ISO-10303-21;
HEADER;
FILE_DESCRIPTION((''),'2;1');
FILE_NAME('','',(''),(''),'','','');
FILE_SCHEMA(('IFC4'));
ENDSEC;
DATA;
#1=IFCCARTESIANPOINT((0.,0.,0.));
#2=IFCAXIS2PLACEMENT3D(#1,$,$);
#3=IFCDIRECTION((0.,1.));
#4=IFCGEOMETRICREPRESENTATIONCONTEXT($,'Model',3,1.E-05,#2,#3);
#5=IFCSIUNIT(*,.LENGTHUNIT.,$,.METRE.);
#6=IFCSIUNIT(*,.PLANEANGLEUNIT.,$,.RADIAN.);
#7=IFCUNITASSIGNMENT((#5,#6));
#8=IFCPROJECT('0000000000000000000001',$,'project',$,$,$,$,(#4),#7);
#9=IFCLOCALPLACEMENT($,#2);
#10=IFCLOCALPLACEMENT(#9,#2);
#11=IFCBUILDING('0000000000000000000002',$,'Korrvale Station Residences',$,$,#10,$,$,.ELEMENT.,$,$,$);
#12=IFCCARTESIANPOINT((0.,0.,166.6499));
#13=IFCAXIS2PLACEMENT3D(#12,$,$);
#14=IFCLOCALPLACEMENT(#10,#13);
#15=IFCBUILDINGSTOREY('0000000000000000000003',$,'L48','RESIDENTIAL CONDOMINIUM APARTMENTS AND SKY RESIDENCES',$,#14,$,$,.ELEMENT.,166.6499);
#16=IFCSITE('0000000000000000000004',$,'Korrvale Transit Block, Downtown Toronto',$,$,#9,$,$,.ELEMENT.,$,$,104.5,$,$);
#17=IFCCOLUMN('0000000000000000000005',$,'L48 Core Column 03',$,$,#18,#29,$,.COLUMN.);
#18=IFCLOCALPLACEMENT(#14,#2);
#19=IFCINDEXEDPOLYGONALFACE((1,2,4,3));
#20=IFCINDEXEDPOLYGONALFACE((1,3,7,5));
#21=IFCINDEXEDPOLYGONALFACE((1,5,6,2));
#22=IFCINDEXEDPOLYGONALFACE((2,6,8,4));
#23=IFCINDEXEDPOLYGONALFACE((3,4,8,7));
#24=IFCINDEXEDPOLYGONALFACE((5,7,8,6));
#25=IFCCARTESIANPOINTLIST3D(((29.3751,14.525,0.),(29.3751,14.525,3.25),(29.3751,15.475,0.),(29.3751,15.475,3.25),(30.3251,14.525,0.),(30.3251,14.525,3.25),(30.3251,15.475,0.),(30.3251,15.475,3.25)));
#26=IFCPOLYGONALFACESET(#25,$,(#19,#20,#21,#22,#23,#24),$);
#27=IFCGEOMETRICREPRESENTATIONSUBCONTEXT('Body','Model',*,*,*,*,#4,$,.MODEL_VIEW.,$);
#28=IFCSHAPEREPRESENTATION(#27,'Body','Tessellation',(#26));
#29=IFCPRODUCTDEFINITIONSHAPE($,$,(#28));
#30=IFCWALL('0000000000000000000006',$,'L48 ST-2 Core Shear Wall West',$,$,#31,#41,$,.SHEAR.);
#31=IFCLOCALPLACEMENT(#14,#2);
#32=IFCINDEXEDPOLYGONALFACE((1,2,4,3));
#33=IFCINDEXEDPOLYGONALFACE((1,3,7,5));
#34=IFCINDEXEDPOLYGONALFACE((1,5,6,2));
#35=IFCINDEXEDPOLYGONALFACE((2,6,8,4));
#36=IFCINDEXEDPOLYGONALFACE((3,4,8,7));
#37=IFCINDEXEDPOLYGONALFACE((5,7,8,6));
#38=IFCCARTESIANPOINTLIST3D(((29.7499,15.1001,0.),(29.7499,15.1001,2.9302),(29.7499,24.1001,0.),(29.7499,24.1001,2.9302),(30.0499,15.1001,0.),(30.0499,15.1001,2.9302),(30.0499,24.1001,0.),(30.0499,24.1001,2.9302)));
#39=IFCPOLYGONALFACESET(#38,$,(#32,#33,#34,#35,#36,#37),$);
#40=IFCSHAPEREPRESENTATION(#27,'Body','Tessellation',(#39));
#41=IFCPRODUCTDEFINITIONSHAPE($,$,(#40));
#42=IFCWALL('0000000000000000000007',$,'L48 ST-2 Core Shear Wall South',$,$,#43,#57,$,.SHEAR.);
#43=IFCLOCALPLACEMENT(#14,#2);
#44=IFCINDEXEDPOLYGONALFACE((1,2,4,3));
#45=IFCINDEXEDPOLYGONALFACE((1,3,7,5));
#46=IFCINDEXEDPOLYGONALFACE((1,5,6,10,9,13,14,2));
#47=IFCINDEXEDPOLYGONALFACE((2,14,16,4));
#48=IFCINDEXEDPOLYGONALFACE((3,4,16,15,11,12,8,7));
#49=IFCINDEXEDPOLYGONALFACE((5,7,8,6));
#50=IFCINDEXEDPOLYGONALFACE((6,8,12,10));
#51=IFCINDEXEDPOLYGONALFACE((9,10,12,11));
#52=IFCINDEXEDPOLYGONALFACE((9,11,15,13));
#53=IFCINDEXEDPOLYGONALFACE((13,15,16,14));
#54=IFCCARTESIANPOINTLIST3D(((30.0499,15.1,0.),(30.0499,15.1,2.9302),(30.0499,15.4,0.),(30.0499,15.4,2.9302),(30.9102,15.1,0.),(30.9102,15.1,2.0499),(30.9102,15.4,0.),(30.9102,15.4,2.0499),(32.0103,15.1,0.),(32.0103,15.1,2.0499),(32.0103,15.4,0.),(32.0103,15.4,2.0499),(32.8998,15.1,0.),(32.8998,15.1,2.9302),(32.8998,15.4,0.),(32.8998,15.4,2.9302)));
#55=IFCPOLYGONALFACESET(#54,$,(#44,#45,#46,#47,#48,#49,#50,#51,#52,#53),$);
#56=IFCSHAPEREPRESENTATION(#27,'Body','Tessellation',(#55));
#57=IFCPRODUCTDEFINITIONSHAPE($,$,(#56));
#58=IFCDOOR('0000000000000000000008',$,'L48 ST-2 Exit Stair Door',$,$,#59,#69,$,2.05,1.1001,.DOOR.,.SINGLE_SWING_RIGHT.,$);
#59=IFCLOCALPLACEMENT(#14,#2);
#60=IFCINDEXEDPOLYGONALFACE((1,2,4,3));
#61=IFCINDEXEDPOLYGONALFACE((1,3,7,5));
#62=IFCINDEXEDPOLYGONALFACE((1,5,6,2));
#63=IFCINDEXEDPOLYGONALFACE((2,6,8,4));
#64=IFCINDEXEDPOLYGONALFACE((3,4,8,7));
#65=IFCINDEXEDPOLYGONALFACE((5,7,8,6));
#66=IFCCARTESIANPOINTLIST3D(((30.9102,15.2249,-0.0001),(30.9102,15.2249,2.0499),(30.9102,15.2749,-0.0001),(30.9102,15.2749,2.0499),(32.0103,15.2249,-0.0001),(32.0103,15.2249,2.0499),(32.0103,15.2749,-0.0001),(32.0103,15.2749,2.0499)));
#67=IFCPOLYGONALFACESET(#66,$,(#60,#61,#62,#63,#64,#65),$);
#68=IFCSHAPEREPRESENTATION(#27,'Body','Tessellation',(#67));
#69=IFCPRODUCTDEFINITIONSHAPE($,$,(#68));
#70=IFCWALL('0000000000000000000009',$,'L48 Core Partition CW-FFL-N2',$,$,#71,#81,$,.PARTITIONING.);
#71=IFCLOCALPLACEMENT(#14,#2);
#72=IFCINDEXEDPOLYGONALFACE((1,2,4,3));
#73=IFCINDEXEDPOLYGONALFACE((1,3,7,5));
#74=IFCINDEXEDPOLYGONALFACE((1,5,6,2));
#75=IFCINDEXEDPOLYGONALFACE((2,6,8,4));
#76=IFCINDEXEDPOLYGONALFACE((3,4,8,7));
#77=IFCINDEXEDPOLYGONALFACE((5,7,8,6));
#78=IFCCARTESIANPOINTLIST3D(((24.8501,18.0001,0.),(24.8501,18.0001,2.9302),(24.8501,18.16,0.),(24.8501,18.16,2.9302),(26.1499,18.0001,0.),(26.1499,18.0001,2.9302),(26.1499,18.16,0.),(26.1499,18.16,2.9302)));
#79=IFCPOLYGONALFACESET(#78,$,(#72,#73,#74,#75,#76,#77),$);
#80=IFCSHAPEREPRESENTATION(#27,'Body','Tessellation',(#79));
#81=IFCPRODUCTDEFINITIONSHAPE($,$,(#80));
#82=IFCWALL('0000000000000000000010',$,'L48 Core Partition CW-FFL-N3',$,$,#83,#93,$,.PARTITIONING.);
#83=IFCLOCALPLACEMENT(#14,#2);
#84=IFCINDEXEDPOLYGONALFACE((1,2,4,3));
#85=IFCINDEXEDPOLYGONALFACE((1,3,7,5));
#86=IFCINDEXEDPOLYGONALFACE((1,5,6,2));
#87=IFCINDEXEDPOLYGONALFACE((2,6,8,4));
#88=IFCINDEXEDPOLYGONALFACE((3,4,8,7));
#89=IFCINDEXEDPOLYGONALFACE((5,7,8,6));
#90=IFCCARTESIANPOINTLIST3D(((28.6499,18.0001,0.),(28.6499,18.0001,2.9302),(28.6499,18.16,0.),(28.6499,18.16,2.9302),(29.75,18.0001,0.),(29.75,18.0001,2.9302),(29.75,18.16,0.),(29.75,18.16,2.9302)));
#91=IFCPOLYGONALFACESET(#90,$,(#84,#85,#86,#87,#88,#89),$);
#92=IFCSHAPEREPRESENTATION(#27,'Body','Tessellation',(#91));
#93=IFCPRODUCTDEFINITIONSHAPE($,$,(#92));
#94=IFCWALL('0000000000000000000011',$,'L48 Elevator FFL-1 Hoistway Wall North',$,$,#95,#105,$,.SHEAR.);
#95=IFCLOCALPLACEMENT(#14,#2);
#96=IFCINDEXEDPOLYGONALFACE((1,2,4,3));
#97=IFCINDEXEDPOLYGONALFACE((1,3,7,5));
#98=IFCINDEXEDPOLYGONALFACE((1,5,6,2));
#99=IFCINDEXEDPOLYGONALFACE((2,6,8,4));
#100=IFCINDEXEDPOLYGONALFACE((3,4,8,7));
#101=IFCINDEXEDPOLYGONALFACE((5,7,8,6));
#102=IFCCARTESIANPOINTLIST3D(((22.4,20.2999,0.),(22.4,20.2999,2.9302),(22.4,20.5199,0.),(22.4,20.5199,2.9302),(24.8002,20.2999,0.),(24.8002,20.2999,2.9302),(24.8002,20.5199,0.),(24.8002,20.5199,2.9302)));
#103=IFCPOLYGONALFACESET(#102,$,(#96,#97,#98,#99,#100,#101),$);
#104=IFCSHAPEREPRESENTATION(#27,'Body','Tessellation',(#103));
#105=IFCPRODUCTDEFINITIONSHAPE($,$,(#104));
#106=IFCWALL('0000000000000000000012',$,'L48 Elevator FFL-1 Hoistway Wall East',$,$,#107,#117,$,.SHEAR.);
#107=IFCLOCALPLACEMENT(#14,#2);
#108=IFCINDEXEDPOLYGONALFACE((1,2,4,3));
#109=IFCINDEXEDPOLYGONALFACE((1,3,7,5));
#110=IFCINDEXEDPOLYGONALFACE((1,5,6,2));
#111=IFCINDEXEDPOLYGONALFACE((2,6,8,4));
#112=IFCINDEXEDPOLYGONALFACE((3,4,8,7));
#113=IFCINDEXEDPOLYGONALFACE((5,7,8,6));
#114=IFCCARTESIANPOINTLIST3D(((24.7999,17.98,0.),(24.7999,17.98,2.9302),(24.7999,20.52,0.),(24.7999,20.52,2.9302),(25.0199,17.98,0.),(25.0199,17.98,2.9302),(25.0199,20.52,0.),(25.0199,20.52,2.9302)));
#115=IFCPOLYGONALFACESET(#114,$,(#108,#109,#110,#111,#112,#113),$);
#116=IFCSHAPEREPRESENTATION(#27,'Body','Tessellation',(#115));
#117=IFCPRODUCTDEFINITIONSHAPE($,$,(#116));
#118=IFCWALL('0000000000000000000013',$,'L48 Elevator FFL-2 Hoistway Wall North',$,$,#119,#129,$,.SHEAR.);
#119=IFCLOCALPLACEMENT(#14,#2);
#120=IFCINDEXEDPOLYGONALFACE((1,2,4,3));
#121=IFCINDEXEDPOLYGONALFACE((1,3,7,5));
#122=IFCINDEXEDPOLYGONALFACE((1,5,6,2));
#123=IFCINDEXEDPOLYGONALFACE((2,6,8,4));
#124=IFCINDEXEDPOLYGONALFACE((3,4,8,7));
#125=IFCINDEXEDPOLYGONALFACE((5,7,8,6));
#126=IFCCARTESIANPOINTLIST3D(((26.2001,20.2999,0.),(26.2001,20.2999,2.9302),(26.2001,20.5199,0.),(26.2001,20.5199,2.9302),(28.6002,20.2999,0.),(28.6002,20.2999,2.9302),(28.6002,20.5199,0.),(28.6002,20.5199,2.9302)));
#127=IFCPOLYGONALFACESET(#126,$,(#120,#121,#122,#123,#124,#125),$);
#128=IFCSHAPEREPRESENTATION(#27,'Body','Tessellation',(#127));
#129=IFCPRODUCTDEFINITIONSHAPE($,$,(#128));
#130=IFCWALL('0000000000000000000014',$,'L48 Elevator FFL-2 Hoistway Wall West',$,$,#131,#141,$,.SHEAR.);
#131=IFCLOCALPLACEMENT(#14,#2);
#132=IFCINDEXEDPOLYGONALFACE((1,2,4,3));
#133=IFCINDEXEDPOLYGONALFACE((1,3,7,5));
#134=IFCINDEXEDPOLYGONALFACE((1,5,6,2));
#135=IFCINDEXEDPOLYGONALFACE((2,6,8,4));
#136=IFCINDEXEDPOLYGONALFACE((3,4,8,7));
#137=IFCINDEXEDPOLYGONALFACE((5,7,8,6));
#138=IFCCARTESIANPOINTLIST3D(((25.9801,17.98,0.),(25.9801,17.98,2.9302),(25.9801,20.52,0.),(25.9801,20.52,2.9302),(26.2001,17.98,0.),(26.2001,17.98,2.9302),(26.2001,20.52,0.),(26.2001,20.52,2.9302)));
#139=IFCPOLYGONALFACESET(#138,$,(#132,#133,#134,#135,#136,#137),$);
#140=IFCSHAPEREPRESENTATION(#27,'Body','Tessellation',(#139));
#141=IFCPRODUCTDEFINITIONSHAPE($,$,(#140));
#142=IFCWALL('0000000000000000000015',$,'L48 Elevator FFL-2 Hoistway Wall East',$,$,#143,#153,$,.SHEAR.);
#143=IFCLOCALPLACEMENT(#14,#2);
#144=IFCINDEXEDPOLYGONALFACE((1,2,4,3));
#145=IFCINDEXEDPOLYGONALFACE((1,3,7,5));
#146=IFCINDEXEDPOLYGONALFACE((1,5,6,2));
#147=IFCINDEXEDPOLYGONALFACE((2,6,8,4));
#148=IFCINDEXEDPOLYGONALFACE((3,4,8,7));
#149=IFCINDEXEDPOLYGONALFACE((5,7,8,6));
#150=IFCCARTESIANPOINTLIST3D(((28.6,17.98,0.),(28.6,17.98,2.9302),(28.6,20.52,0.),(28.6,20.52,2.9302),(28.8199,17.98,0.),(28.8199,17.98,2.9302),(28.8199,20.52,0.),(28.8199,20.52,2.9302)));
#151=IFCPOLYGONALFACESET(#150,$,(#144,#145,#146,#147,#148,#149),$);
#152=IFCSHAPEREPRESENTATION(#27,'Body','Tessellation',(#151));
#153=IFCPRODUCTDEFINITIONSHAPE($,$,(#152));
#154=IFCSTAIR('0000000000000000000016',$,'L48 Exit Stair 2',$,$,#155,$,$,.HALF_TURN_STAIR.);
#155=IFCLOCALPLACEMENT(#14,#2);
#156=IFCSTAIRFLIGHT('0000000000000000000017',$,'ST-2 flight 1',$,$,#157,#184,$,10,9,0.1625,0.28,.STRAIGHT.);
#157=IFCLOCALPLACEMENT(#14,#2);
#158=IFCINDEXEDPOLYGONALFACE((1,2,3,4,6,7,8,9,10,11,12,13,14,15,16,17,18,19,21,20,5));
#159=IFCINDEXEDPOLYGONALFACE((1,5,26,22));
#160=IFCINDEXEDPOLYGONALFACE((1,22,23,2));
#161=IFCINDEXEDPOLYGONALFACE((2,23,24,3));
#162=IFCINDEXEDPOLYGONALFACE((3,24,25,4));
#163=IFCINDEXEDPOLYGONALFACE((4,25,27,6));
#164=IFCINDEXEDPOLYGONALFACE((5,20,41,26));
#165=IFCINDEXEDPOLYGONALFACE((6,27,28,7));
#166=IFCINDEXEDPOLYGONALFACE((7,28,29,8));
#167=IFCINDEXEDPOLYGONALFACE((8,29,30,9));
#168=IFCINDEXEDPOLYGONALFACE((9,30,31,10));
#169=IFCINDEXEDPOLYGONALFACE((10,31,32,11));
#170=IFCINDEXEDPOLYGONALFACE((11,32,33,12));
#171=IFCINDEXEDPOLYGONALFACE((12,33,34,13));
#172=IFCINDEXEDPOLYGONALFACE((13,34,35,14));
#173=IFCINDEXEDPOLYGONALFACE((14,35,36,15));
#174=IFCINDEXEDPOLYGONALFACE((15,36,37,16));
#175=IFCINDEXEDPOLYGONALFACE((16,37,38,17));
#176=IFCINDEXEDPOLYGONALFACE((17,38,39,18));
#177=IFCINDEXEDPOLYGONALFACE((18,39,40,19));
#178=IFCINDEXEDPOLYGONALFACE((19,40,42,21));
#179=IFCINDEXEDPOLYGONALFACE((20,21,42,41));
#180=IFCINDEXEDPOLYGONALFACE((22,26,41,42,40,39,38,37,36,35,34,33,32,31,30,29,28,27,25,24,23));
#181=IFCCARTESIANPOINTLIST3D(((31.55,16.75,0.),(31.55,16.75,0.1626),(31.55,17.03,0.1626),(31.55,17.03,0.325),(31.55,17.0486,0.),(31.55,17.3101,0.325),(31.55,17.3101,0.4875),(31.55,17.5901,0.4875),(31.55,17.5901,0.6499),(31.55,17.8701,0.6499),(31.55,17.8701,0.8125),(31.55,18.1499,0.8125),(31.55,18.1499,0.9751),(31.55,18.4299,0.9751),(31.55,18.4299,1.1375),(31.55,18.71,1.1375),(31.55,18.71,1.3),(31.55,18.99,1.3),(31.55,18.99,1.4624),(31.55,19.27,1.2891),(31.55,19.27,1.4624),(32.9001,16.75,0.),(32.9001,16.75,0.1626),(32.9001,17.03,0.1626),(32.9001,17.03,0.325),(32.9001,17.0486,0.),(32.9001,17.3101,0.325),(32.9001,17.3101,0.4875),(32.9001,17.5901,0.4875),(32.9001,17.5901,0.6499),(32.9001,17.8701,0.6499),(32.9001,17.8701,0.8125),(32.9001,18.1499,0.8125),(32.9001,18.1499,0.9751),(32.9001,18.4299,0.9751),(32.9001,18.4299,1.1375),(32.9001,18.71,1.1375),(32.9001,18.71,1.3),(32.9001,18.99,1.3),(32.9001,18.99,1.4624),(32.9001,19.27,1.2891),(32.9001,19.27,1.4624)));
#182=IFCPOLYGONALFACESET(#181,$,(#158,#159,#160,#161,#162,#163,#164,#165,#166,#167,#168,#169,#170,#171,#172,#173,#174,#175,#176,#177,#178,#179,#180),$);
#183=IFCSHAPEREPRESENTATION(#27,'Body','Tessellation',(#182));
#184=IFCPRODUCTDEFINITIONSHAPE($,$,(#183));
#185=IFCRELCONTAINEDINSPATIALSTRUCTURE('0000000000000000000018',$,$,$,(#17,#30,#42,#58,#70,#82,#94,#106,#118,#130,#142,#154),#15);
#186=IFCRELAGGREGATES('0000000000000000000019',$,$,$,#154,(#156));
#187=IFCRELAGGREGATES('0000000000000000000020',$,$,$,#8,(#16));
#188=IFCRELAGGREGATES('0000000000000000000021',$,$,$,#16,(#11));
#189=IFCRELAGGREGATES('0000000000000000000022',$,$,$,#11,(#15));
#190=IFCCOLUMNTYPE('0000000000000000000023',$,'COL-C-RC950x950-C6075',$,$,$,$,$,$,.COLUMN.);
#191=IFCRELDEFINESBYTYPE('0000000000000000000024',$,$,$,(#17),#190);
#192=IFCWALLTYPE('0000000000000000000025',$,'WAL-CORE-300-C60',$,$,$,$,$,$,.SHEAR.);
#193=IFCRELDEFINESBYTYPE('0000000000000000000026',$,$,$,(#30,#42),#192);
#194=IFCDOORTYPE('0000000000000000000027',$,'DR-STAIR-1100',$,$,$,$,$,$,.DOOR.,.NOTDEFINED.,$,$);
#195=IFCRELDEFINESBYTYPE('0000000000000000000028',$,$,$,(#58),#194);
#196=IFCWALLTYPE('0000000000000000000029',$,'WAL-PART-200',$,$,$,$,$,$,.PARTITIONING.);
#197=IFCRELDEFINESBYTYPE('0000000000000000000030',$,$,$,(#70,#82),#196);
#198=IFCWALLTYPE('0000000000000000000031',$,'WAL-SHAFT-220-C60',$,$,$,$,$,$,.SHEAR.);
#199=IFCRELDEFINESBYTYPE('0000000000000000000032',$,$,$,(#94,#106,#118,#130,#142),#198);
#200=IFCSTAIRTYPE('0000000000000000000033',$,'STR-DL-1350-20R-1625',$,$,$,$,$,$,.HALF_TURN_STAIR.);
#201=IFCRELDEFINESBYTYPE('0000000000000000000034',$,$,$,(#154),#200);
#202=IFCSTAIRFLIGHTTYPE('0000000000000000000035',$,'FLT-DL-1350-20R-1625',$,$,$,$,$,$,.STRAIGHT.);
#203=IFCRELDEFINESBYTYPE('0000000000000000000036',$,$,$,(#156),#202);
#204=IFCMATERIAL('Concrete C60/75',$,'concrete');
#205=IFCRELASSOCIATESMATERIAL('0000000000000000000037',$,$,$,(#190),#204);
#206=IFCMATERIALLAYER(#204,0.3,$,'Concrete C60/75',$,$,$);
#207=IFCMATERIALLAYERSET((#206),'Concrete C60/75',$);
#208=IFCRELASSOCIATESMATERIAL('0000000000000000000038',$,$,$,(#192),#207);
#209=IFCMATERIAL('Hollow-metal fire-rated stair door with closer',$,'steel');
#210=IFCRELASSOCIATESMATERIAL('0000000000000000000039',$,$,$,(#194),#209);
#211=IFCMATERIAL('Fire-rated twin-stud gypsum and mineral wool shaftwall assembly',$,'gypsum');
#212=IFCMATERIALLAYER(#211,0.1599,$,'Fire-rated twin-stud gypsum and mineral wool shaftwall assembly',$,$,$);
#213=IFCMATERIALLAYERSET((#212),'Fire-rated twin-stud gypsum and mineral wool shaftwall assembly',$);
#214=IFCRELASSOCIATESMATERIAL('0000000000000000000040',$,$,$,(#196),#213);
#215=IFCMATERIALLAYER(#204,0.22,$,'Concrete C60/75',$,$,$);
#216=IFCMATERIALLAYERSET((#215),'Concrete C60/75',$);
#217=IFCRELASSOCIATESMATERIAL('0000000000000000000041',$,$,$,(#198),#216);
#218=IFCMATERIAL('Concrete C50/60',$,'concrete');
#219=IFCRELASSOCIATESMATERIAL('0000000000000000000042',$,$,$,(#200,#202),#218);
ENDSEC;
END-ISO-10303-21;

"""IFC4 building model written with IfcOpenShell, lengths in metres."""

from ifc_helpers import new_model, si_unit, direction, frame, frame_2d, origin, origin_2d, place, context, subcontext, project, spatial, polyline, rectangle, outline, extrude, material, layer, layer_set, material_profile, profile_set, type_object, element, fill, aggregate, save


model = new_model("IFC4")

# Units and contexts
model_context = context("Model", 3, precision=1e-05, world=origin(), true_north=direction((0.0, 1.0)))
body_context = subcontext(model_context, "Body", "Model", "MODEL_VIEW")
ifc_project = project(units=[si_unit("LENGTHUNIT", "METRE"), si_unit("PLANEANGLEUNIT", "RADIAN")], contexts=[model_context])

# Site, building, storey
site_placement = place(None, origin())
site = spatial("IfcSite", under=ifc_project, at=site_placement, Name="Korrvale Transit Block, Downtown Toronto", CompositionType="ELEMENT", RefElevation=104.5)
building_placement = place(site_placement, origin())
building = spatial("IfcBuilding", under=site, at=building_placement, Name="Korrvale Station Residences", CompositionType="ELEMENT")
storey_placement = place(building_placement, frame((0.0, 0.0, 166.6499)))
storey = spatial("IfcBuildingStorey", under=building, at=storey_placement, Name="L48", Description="RESIDENTIAL CONDOMINIUM APARTMENTS AND SKY RESIDENCES", CompositionType="ELEMENT", Elevation=166.6499)

# Column
ifc_material_1 = material(Name="Concrete C60/75", Category="concrete")
ifc_material_profile = material_profile(ifc_material_1, rectangle(XDim=0.95, YDim=0.95, at=origin_2d()), Name="RC950x950")
ifc_profile_set = profile_set([ifc_material_profile], Name="Concrete C60/75")
column_type = type_object("IfcColumnType", Name="COL-C-RC950x950-C6075", PredefinedType="COLUMN", material=ifc_profile_set)
column_placement = place(storey_placement, frame((29.8501, 15.0, 0.0), z_axis=(0.0, 0.0, 1.0), x_axis=(1.0, 0.0, 0.0)))
element("IfcColumn", 1, at=column_placement, inside=storey, type_object=column_type, Name="L48 Core Column 03", PredefinedType="COLUMN", context=body_context, shape_type="SweptSolid", body=[
    extrude(rectangle(XDim=0.95, YDim=0.95, at=origin_2d()), origin(), (0.0, 0.0, 1.0), 3.25),
])

# Wall
ifc_layer_1 = layer(ifc_material_1, 0.3, Name="Concrete C60/75")
ifc_layer_set_1 = layer_set([ifc_layer_1], Name="Concrete C60/75")
wall_type_1 = type_object("IfcWallType", Name="WAL-CORE-300-C60", PredefinedType="SHEAR", material=ifc_layer_set_1)
wall_1_placement = place(storey_placement, frame((29.8999, 15.1001, 0.0), z_axis=(0.0, 0.0, 1.0), x_axis=(0.0, 1.0, 0.0)))
element("IfcWall", 2, at=wall_1_placement, inside=storey, type_object=wall_type_1, Name="L48 ST-2 Core Shear Wall West", PredefinedType="SHEAR", context=body_context, shape_type="SweptSolid", body=[
    extrude(rectangle(XDim=9.0, YDim=0.3, at=frame_2d((4.5, 0.0))), origin(), (0.0, 0.0, 1.0), 2.9302),
])

# Wall, opening, door
wall_2_placement = place(storey_placement, frame((30.05, 15.25, 0.0), z_axis=(0.0, 0.0, 1.0), x_axis=(1.0, 0.0, 0.0)))
wall_2 = element("IfcWall", 3, at=wall_2_placement, inside=storey, type_object=wall_type_1, Name="L48 ST-2 Core Shear Wall South", PredefinedType="SHEAR", context=body_context, shape_type="SweptSolid", body=[
    extrude(rectangle(XDim=2.8499, YDim=0.3, at=frame_2d((1.4248, 0.0))), origin(), (0.0, 0.0, 1.0), 2.9302),
])
opening_1_placement = place(wall_2_placement, frame((0.8601, 0.0, 0.0)))
opening_1 = element("IfcOpeningElement", 4, at=opening_1_placement, cuts=wall_2, PredefinedType="OPENING", context=body_context, shape_type="SweptSolid", body=[
    extrude(rectangle(XDim=1.1001, YDim=2.05, at=frame_2d((0.55, 1.0249))), frame((0.0, 0.1602, 0.0), z_axis=(0.0, -1.0, 0.0), x_axis=(1.0, 0.0, 0.0)), (0.0, 0.0, 1.0), 0.3201),
])
ifc_material_2 = material(Name="Hollow-metal fire-rated stair door with closer", Category="steel")
door_type_1 = type_object("IfcDoorType", Name="DR-STAIR-1100", OperationType="NOTDEFINED", PredefinedType="DOOR", material=ifc_material_2)
door_1_placement = place(opening_1_placement, origin())
door_1 = element("IfcDoor", 5, at=door_1_placement, inside=storey, type_object=door_type_1, Name="L48 ST-2 Exit Stair Door", OperationType="SINGLE_SWING_RIGHT", OverallHeight=2.05, OverallWidth=1.1001, PredefinedType="DOOR", context=body_context, shape_type="SweptSolid", body=[
    extrude(rectangle(XDim=1.1001, YDim=2.05, at=frame_2d((0.55, 1.0249))), frame((0.0, 0.0249, 0.0), z_axis=(0.0, -1.0, 0.0), x_axis=(1.0, 0.0, 0.0)), (0.0, 0.0, 1.0), 0.05),
])
fill(opening_1, door_1)

# Walls
ifc_material_3 = material(Name="Fire-rated twin-stud gypsum and mineral wool shaftwall assembly", Category="gypsum")
ifc_layer_2 = layer(ifc_material_3, 0.1599, Name="Fire-rated twin-stud gypsum and mineral wool shaftwall assembly")
ifc_layer_set_2 = layer_set([ifc_layer_2], Name="Fire-rated twin-stud gypsum and mineral wool shaftwall assembly")
wall_type_2 = type_object("IfcWallType", Name="WAL-PART-200", PredefinedType="PARTITIONING", material=ifc_layer_set_2)
wall_3_placement = place(storey_placement, frame((24.8501, 18.0801, 0.0), z_axis=(0.0, 0.0, 1.0), x_axis=(1.0, 0.0, 0.0)))
element("IfcWall", 6, at=wall_3_placement, inside=storey, type_object=wall_type_2, Name="L48 Core Partition CW-FFL-N2", PredefinedType="PARTITIONING", context=body_context, shape_type="SweptSolid", body=[
    extrude(rectangle(XDim=1.2998, YDim=0.1599, at=frame_2d((0.6499, 0.0))), origin(), (0.0, 0.0, 1.0), 2.9302),
])
wall_4_placement = place(storey_placement, frame((28.6499, 18.0801, 0.0), z_axis=(0.0, 0.0, 1.0), x_axis=(1.0, 0.0, 0.0)))
element("IfcWall", 7, at=wall_4_placement, inside=storey, type_object=wall_type_2, Name="L48 Core Partition CW-FFL-N3", PredefinedType="PARTITIONING", context=body_context, shape_type="SweptSolid", body=[
    extrude(rectangle(XDim=1.1001, YDim=0.1599, at=frame_2d((0.55, 0.0))), origin(), (0.0, 0.0, 1.0), 2.9302),
])

# Shared definitions
ifc_layer_3 = layer(ifc_material_1, 0.22, Name="Concrete C60/75")
ifc_layer_set_3 = layer_set([ifc_layer_3], Name="Concrete C60/75")
wall_type_3 = type_object("IfcWallType", Name="WAL-SHAFT-220-C60", PredefinedType="SHEAR", material=ifc_layer_set_3)

# Walls
wall_5_placement = place(storey_placement, frame((22.3999, 20.4099, 0.0), z_axis=(0.0, 0.0, 1.0), x_axis=(1.0, 0.0, 0.0)))
element("IfcWall", 8, at=wall_5_placement, inside=storey, type_object=wall_type_3, Name="L48 Elevator FFL-1 Hoistway Wall North", PredefinedType="SHEAR", context=body_context, shape_type="SweptSolid", body=[
    extrude(rectangle(XDim=2.4001, YDim=0.22, at=frame_2d((1.2002, 0.0))), origin(), (0.0, 0.0, 1.0), 2.9302),
])
wall_6_placement = place(storey_placement, frame((24.9099, 17.98, 0.0), z_axis=(0.0, 0.0, 1.0), x_axis=(0.0, 1.0, 0.0)))
element("IfcWall", 9, at=wall_6_placement, inside=storey, type_object=wall_type_3, Name="L48 Elevator FFL-1 Hoistway Wall East", PredefinedType="SHEAR", context=body_context, shape_type="SweptSolid", body=[
    extrude(rectangle(XDim=2.54, YDim=0.22, at=frame_2d((1.27, 0.0))), origin(), (0.0, 0.0, 1.0), 2.9302),
])

# Walls
wall_7_placement = place(storey_placement, frame((26.2, 20.4099, 0.0), z_axis=(0.0, 0.0, 1.0), x_axis=(1.0, 0.0, 0.0)))
element("IfcWall", 10, at=wall_7_placement, inside=storey, type_object=wall_type_3, Name="L48 Elevator FFL-2 Hoistway Wall North", PredefinedType="SHEAR", context=body_context, shape_type="SweptSolid", body=[
    extrude(rectangle(XDim=2.4001, YDim=0.22, at=frame_2d((1.2002, 0.0))), origin(), (0.0, 0.0, 1.0), 2.9302),
])
for number, where, z_axis, x_axis, name in (
    (11, (26.0901, 17.98, 0.0), (0.0, 0.0, 1.0), (0.0, 1.0, 0.0), "L48 Elevator FFL-2 Hoistway Wall West"),
    (12, (28.71, 17.98, 0.0), (0.0, 0.0, 1.0), (0.0, 1.0, 0.0), "L48 Elevator FFL-2 Hoistway Wall East"),
):
    element("IfcWall", number, at=place(storey_placement, frame(where, z_axis=z_axis, x_axis=x_axis)), inside=storey, type_object=wall_type_3, Name=name, PredefinedType="SHEAR", context=body_context, shape_type="SweptSolid", body=[
        extrude(rectangle(XDim=2.54, YDim=0.22, at=frame_2d((1.27, 0.0))), origin(), (0.0, 0.0, 1.0), 2.9302),
    ])

# Stair, stair flight
ifc_material_4 = material(Name="Concrete C50/60", Category="concrete")
stair_type = type_object("IfcStairType", Name="STR-DL-1350-20R-1625", PredefinedType="HALF_TURN_STAIR", material=ifc_material_4)
stair_placement = place(storey_placement, origin())
stair = element("IfcStair", 13, at=stair_placement, inside=storey, type_object=stair_type, Name="L48 Exit Stair 2", PredefinedType="HALF_TURN_STAIR")
stair_flight_type = type_object("IfcStairFlightType", Name="FLT-DL-1350-20R-1625", PredefinedType="STRAIGHT", material=ifc_material_4)
stair_flight_1_placement = place(storey_placement, frame((32.2251, 16.75, 0.0), z_axis=(0.0, 0.0, 1.0), x_axis=(0.0, 1.0, 0.0)))
stair_flight_1 = element("IfcStairFlight", 14, at=stair_flight_1_placement, type_object=stair_flight_type, Name="ST-2 flight 1", NumberOfRisers=10, NumberOfTreads=9, PredefinedType="STRAIGHT", RiserHeight=0.1625, TreadLength=0.28, context=body_context, shape_type="SweptSolid", body=[
    extrude(outline(polyline([(0.0, 0.0), (0.0, 0.1626), (0.28, 0.1626), (0.28, 0.325), (0.5601, 0.325), (0.5601, 0.4875), (0.8401, 0.4875), (0.8401, 0.6499), (1.1201, 0.6499), (1.1201, 0.8125), (1.3999, 0.8125), (1.3999, 0.9751), (1.6799, 0.9751), (1.6799, 1.1375), (1.96, 1.1375), (1.96, 1.3), (2.24, 1.3), (2.24, 1.4624), (2.52, 1.4624), (2.52, 1.625), (2.52, 1.2891), (0.2986, 0.0), (0.0, 0.0)])), frame((0.0, 0.675, 0.0), z_axis=(0.0, -1.0, 0.0), x_axis=(1.0, 0.0, 0.0)), (0.0, 0.0, 1.0), 1.3501),
])
aggregate(stair, [stair_flight_1])

save(model, "model.ifc")
